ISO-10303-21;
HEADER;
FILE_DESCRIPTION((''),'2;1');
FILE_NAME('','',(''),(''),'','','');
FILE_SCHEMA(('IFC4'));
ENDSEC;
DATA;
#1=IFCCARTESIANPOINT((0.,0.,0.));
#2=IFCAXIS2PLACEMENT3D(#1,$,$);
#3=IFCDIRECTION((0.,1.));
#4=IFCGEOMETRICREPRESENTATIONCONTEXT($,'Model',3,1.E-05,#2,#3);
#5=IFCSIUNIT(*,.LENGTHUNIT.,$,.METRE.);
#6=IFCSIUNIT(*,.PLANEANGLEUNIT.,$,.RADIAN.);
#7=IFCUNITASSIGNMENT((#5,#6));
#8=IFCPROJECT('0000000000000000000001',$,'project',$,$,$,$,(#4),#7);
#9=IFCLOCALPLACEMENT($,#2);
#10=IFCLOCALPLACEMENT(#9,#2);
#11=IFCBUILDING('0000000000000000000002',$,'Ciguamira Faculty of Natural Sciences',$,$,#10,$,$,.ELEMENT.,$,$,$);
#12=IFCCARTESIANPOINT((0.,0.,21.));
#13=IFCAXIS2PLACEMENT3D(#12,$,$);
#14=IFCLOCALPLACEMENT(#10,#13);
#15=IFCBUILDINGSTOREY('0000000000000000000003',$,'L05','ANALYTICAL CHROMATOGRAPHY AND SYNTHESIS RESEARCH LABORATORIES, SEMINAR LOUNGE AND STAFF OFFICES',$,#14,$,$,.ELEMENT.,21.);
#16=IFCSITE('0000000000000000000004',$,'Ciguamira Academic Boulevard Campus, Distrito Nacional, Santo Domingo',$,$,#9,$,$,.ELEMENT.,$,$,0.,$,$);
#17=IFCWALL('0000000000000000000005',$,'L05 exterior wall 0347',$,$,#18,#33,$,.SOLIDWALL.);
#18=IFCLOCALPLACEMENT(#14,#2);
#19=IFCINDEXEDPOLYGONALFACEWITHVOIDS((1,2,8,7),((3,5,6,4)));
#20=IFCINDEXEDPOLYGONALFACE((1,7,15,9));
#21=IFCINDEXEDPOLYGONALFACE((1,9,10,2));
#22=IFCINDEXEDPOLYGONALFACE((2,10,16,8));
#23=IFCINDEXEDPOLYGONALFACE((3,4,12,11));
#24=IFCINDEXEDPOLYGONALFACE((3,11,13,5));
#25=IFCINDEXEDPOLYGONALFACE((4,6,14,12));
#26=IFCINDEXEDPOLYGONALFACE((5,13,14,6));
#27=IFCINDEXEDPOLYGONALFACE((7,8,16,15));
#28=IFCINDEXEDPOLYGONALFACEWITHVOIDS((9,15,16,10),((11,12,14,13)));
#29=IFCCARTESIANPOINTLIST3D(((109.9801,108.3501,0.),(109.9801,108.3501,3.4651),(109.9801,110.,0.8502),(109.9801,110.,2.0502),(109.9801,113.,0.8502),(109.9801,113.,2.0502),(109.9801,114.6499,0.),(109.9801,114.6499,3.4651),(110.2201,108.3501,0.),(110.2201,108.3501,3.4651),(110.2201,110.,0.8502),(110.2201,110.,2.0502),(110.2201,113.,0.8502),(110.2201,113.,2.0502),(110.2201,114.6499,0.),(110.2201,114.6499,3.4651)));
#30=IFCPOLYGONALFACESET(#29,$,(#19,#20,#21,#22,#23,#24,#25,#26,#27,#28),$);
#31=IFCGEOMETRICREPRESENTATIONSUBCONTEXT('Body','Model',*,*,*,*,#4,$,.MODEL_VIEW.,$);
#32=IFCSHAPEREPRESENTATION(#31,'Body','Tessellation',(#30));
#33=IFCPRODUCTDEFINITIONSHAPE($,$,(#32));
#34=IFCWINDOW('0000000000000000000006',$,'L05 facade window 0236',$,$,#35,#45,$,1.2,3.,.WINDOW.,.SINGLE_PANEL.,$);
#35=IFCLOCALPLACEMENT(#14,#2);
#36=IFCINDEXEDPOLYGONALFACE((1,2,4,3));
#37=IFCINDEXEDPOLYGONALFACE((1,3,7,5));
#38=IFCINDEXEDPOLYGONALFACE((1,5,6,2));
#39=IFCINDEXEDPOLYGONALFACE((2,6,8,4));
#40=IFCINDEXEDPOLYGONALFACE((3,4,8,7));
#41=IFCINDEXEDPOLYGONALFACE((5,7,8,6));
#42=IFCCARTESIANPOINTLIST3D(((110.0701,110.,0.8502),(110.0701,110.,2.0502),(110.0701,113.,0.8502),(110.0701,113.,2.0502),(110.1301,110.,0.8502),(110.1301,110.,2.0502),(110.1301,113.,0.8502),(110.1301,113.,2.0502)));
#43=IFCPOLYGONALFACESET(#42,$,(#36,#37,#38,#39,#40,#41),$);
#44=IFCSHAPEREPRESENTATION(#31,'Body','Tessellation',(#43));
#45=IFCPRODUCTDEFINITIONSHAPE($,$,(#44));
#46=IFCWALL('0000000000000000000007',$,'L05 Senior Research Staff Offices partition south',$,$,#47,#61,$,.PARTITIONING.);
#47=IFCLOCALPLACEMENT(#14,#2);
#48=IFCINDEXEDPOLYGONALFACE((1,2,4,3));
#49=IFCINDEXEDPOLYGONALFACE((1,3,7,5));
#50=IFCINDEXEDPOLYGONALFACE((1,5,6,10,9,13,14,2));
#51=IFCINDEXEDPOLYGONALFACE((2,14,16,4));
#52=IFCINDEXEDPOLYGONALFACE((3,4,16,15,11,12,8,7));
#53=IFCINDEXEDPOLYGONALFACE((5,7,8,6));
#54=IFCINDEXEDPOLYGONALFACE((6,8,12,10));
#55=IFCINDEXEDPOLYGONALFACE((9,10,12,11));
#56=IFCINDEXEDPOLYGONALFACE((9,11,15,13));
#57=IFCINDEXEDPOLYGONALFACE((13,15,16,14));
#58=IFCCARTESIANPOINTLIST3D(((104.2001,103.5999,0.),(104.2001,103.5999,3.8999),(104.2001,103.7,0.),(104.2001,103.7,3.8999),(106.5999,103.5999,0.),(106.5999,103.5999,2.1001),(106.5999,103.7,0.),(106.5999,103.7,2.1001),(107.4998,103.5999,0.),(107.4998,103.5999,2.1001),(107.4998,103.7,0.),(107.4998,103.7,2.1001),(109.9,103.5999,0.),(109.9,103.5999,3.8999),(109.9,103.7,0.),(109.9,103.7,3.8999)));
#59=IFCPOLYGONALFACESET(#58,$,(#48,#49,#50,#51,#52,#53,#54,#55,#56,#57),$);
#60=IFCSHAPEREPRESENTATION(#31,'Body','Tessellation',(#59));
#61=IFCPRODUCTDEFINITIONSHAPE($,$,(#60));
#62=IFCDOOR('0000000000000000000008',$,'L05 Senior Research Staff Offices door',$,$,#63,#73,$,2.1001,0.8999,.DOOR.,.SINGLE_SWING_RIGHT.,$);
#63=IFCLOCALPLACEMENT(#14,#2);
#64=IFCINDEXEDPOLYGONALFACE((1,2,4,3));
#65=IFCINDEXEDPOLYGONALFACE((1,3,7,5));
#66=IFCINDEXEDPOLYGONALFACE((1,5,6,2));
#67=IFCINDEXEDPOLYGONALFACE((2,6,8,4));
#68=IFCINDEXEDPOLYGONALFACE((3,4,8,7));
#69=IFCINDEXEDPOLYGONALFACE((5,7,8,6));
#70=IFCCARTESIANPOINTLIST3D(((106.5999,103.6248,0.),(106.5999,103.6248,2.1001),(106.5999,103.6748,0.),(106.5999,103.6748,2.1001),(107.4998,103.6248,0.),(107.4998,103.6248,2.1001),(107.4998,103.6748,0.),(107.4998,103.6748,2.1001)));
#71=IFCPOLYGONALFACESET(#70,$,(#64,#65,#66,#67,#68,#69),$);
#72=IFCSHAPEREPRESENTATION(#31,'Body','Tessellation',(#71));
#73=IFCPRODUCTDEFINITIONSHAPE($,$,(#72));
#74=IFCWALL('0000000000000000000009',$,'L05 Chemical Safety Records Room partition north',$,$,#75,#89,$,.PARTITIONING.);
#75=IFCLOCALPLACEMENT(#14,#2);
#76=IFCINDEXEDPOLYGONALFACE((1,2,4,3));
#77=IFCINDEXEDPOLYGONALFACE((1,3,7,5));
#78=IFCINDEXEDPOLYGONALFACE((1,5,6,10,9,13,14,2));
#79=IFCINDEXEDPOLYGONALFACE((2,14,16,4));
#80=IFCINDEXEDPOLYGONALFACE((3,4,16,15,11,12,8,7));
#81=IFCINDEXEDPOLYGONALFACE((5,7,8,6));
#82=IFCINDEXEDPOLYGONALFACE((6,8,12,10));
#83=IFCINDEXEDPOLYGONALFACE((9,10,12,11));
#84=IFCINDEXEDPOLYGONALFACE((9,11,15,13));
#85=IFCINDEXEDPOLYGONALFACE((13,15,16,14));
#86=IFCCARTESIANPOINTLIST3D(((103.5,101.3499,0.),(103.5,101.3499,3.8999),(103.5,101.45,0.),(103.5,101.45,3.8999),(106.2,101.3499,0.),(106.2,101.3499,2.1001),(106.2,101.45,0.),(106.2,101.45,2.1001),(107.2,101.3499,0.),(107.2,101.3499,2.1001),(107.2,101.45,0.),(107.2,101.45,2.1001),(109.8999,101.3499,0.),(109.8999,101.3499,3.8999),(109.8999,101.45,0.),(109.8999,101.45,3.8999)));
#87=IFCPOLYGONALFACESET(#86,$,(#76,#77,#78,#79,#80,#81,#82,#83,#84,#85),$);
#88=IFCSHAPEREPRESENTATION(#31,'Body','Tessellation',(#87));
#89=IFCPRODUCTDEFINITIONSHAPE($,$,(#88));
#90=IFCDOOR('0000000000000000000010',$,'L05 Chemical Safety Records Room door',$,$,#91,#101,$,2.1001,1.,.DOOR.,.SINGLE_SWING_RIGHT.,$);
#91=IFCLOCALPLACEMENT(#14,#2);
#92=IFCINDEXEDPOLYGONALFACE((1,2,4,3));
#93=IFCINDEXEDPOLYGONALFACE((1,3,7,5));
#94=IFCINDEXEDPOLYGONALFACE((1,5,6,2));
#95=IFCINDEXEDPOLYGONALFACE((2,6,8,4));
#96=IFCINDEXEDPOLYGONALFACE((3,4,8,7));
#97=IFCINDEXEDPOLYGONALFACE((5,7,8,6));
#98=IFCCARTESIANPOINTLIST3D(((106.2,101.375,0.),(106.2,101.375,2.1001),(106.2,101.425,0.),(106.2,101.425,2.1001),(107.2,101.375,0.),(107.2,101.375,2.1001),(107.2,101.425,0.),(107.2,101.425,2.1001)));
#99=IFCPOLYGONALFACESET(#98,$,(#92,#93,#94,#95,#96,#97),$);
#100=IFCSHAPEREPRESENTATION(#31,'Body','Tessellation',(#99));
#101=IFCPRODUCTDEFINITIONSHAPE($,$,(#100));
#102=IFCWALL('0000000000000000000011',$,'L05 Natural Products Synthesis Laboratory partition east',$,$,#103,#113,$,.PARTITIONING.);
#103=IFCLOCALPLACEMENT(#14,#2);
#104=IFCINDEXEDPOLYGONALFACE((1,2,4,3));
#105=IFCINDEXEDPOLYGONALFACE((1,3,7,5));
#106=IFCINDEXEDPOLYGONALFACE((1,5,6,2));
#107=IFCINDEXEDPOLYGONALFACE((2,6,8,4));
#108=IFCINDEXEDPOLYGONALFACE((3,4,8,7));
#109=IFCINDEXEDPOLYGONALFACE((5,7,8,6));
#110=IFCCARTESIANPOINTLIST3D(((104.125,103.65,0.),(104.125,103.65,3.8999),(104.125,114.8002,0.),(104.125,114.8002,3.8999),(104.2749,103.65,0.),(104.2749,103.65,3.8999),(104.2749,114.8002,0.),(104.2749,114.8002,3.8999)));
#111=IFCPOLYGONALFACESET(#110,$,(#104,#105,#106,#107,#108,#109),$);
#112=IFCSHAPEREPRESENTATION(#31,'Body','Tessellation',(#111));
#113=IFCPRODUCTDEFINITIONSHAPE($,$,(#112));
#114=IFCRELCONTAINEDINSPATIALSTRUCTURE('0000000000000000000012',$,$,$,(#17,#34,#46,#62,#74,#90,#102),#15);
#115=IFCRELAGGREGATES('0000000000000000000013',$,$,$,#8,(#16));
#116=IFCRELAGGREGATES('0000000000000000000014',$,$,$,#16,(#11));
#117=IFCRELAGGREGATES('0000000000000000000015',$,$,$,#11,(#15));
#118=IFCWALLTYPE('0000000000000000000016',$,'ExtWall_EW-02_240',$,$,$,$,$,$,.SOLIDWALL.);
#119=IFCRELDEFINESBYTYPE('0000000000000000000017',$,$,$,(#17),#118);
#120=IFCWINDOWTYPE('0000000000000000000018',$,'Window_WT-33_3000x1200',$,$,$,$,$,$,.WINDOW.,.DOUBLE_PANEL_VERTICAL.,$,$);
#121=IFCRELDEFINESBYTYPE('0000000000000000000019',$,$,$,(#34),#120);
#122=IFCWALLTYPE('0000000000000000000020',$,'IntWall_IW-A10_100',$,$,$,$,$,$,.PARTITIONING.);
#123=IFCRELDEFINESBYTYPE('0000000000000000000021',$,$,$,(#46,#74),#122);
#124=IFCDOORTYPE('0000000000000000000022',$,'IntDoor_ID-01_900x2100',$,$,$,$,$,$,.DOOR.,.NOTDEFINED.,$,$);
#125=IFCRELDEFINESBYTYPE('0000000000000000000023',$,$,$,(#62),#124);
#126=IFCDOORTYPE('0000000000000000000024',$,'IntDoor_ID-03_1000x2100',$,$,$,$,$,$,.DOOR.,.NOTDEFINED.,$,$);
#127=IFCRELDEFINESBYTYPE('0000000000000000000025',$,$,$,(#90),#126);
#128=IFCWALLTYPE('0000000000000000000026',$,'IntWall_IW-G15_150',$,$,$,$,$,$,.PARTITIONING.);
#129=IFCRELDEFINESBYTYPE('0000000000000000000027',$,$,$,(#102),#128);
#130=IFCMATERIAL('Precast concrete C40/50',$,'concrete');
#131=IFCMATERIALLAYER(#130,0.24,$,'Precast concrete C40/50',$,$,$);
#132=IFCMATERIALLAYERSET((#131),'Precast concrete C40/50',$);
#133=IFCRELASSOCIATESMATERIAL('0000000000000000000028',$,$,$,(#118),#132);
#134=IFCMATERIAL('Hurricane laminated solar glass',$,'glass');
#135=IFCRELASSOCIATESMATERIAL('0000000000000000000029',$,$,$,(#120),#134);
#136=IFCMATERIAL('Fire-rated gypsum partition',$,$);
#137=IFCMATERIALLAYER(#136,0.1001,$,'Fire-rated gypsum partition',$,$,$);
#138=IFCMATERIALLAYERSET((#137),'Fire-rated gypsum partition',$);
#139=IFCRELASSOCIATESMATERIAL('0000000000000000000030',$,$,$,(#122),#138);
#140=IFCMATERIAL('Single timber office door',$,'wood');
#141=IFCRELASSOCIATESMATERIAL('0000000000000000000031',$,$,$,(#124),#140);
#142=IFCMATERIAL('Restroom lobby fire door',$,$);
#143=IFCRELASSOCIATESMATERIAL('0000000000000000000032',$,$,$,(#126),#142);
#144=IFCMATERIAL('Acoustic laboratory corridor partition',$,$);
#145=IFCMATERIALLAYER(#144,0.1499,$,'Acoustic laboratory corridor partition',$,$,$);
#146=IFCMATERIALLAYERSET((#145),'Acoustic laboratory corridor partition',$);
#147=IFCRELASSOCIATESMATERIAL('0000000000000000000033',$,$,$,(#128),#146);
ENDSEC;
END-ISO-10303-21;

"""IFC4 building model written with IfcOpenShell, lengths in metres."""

from ifc_helpers import new_model, si_unit, direction, frame, frame_2d, origin, place, context, subcontext, project, spatial, rectangle, extrude, material, layer, layer_set, type_object, element, fill, save


model = new_model("IFC4")

# Units and contexts
model_context = context("Model", 3, precision=1e-05, world=origin(), true_north=direction((0.0, 1.0)))
body_context = subcontext(model_context, "Body", "Model", "MODEL_VIEW")
ifc_project = project(units=[si_unit("LENGTHUNIT", "METRE"), si_unit("PLANEANGLEUNIT", "RADIAN")], contexts=[model_context])

# Site, building, storey
site_placement = place(None, origin())
site = spatial("IfcSite", under=ifc_project, at=site_placement, Name="Ciguamira Academic Boulevard Campus, Distrito Nacional, Santo Domingo", CompositionType="ELEMENT", RefElevation=0.0)
building_placement = place(site_placement, origin())
building = spatial("IfcBuilding", under=site, at=building_placement, Name="Ciguamira Faculty of Natural Sciences", CompositionType="ELEMENT")
storey_placement = place(building_placement, frame((0.0, 0.0, 21.0)))
storey = spatial("IfcBuildingStorey", under=building, at=storey_placement, Name="L05", Description="ANALYTICAL CHROMATOGRAPHY AND SYNTHESIS RESEARCH LABORATORIES, SEMINAR LOUNGE AND STAFF OFFICES", CompositionType="ELEMENT", Elevation=21.0)

# Shared definitions
ifc_material_1 = material(Name="Precast concrete C40/50", Category="concrete")

# Wall, opening, window
ifc_layer_1 = layer(ifc_material_1, 0.24, Name="Precast concrete C40/50")
ifc_layer_set_1 = layer_set([ifc_layer_1], Name="Precast concrete C40/50")
wall_type_1 = type_object("IfcWallType", Name="ExtWall_EW-02_240", PredefinedType="SOLIDWALL", material=ifc_layer_set_1)
ifc_material_2 = material(Name="Hurricane laminated solar glass", Category="glass")
wall_1_placement = place(storey_placement, frame((110.1001, 108.3501, 0.0), z_axis=(0.0, 0.0, 1.0), x_axis=(0.0, 1.0, 0.0)))
wall_1 = element("IfcWall", 1, at=wall_1_placement, inside=storey, type_object=wall_type_1, Name="L05 exterior wall 0347", PredefinedType="SOLIDWALL", context=body_context, shape_type="SweptSolid", body=[
    extrude(rectangle(XDim=6.2998, YDim=0.24, at=frame_2d((3.1499, 0.0))), origin(), (0.0, 0.0, 1.0), 3.4651),
])
opening_1_placement = place(wall_1_placement, frame((1.6499, 0.0, 0.8501)))
opening_1 = element("IfcOpeningElement", 2, at=opening_1_placement, cuts=wall_1, PredefinedType="OPENING", context=body_context, shape_type="SweptSolid", body=[
    extrude(rectangle(XDim=3.0, YDim=1.2, at=frame_2d((1.5, 0.6001))), frame((0.0, 0.1299, 0.0), z_axis=(0.0, -1.0, 0.0), x_axis=(1.0, 0.0, 0.0)), (0.0, 0.0, 1.0), 0.26),
])
window_type_1 = type_object("IfcWindowType", Name="Window_WT-33_3000x1200", PartitioningType="DOUBLE_PANEL_VERTICAL", PredefinedType="WINDOW", material=ifc_material_2)
window_1_placement = place(opening_1_placement, origin())
window_1 = element("IfcWindow", 3, at=window_1_placement, inside=storey, type_object=window_type_1, Name="L05 facade window 0236", OverallHeight=1.2, OverallWidth=3.0, PartitioningType="SINGLE_PANEL", PredefinedType="WINDOW", context=body_context, shape_type="SweptSolid", body=[
    extrude(rectangle(XDim=3.0, YDim=1.2, at=frame_2d((1.5, 0.6001))), frame((0.0, 0.03, 0.0), z_axis=(0.0, -1.0, 0.0), x_axis=(1.0, 0.0, 0.0)), (0.0, 0.0, 1.0), 0.0601),
])
fill(opening_1, window_1)

# Walls, openings, doors
ifc_material_3 = material(Name="Fire-rated gypsum partition")
ifc_layer_2 = layer(ifc_material_3, 0.1001, Name="Fire-rated gypsum partition")
ifc_layer_set_2 = layer_set([ifc_layer_2], Name="Fire-rated gypsum partition")
wall_type_2 = type_object("IfcWallType", Name="IntWall_IW-A10_100", PredefinedType="PARTITIONING", material=ifc_layer_set_2)
wall_2_placement = place(storey_placement, frame((104.2, 103.6499, 0.0), z_axis=(0.0, 0.0, 1.0), x_axis=(1.0, 0.0, 0.0)))
wall_2 = element("IfcWall", 4, at=wall_2_placement, inside=storey, type_object=wall_type_2, Name="L05 Senior Research Staff Offices partition south", PredefinedType="PARTITIONING", context=body_context, shape_type="SweptSolid", body=[
    extrude(rectangle(XDim=5.7, YDim=0.1001, at=frame_2d((2.8501, 0.0))), origin(), (0.0, 0.0, 1.0), 3.8999),
])
opening_2_placement = place(wall_2_placement, frame((2.3999, 0.0, 0.0)))
opening_2 = element("IfcOpeningElement", 5, at=opening_2_placement, cuts=wall_2, PredefinedType="OPENING", context=body_context, shape_type="SweptSolid", body=[
    extrude(rectangle(XDim=0.8999, YDim=2.1001, at=frame_2d((0.45, 1.05))), frame((0.0, 0.0601, 0.0), z_axis=(0.0, -1.0, 0.0), x_axis=(1.0, 0.0, 0.0)), (0.0, 0.0, 1.0), 0.1201),
])
ifc_material_4 = material(Name="Single timber office door", Category="wood")
door_type_1 = type_object("IfcDoorType", Name="IntDoor_ID-01_900x2100", OperationType="NOTDEFINED", PredefinedType="DOOR", material=ifc_material_4)
door_1_placement = place(opening_2_placement, origin())
door_1 = element("IfcDoor", 6, at=door_1_placement, inside=storey, type_object=door_type_1, Name="L05 Senior Research Staff Offices door", OperationType="SINGLE_SWING_RIGHT", OverallHeight=2.1001, OverallWidth=0.8999, PredefinedType="DOOR", context=body_context, shape_type="SweptSolid", body=[
    extrude(rectangle(XDim=0.8999, YDim=2.1001, at=frame_2d((0.45, 1.05))), frame((0.0, 0.0249, 0.0), z_axis=(0.0, -1.0, 0.0), x_axis=(1.0, 0.0, 0.0)), (0.0, 0.0, 1.0), 0.05),
])
fill(opening_2, door_1)
wall_3_placement = place(storey_placement, frame((103.5, 101.3999, 0.0), z_axis=(0.0, 0.0, 1.0), x_axis=(1.0, 0.0, 0.0)))
wall_3 = element("IfcWall", 7, at=wall_3_placement, inside=storey, type_object=wall_type_2, Name="L05 Chemical Safety Records Room partition north", PredefinedType="PARTITIONING", context=body_context, shape_type="SweptSolid", body=[
    extrude(rectangle(XDim=6.3999, YDim=0.1001, at=frame_2d((3.2, 0.0))), origin(), (0.0, 0.0, 1.0), 3.8999),
])
opening_3_placement = place(wall_3_placement, frame((2.7, 0.0, 0.0)))
opening_3 = element("IfcOpeningElement", 8, at=opening_3_placement, cuts=wall_3, PredefinedType="OPENING", context=body_context, shape_type="SweptSolid", body=[
    extrude(rectangle(XDim=1.0, YDim=2.1001, at=frame_2d((0.5, 1.05))), frame((0.0, 0.0601, 0.0), z_axis=(0.0, -1.0, 0.0), x_axis=(1.0, 0.0, 0.0)), (0.0, 0.0, 1.0), 0.1201),
])
ifc_material_5 = material(Name="Restroom lobby fire door")
door_type_2 = type_object("IfcDoorType", Name="IntDoor_ID-03_1000x2100", OperationType="NOTDEFINED", PredefinedType="DOOR", material=ifc_material_5)
door_2_placement = place(opening_3_placement, frame((1.0, 0.0, 0.0), z_axis=(0.0, 0.0, 1.0), x_axis=(-1.0, 0.0, 0.0)))
door_2 = element("IfcDoor", 9, at=door_2_placement, inside=storey, type_object=door_type_2, Name="L05 Chemical Safety Records Room door", OperationType="SINGLE_SWING_RIGHT", OverallHeight=2.1001, OverallWidth=1.0, PredefinedType="DOOR", context=body_context, shape_type="SweptSolid", body=[
    extrude(rectangle(XDim=1.0, YDim=2.1001, at=frame_2d((0.5, 1.05))), frame((0.0, 0.0249, 0.0), z_axis=(0.0, -1.0, 0.0), x_axis=(1.0, 0.0, 0.0)), (0.0, 0.0, 1.0), 0.05),
])
fill(opening_3, door_2)

# Wall
ifc_material_6 = material(Name="Acoustic laboratory corridor partition")
ifc_layer_3 = layer(ifc_material_6, 0.1499, Name="Acoustic laboratory corridor partition")
ifc_layer_set_3 = layer_set([ifc_layer_3], Name="Acoustic laboratory corridor partition")
wall_type_3 = type_object("IfcWallType", Name="IntWall_IW-G15_150", PredefinedType="PARTITIONING", material=ifc_layer_set_3)
wall_4_placement = place(storey_placement, frame((104.2, 103.6499, 0.0), z_axis=(0.0, 0.0, 1.0), x_axis=(0.0, 1.0, 0.0)))
element("IfcWall", 10, at=wall_4_placement, inside=storey, type_object=wall_type_3, Name="L05 Natural Products Synthesis Laboratory partition east", PredefinedType="PARTITIONING", context=body_context, shape_type="SweptSolid", body=[
    extrude(rectangle(XDim=11.1501, YDim=0.1499, at=frame_2d((5.5752, 0.0))), origin(), (0.0, 0.0, 1.0), 3.8999),
])

save(model, "model.ifc")
